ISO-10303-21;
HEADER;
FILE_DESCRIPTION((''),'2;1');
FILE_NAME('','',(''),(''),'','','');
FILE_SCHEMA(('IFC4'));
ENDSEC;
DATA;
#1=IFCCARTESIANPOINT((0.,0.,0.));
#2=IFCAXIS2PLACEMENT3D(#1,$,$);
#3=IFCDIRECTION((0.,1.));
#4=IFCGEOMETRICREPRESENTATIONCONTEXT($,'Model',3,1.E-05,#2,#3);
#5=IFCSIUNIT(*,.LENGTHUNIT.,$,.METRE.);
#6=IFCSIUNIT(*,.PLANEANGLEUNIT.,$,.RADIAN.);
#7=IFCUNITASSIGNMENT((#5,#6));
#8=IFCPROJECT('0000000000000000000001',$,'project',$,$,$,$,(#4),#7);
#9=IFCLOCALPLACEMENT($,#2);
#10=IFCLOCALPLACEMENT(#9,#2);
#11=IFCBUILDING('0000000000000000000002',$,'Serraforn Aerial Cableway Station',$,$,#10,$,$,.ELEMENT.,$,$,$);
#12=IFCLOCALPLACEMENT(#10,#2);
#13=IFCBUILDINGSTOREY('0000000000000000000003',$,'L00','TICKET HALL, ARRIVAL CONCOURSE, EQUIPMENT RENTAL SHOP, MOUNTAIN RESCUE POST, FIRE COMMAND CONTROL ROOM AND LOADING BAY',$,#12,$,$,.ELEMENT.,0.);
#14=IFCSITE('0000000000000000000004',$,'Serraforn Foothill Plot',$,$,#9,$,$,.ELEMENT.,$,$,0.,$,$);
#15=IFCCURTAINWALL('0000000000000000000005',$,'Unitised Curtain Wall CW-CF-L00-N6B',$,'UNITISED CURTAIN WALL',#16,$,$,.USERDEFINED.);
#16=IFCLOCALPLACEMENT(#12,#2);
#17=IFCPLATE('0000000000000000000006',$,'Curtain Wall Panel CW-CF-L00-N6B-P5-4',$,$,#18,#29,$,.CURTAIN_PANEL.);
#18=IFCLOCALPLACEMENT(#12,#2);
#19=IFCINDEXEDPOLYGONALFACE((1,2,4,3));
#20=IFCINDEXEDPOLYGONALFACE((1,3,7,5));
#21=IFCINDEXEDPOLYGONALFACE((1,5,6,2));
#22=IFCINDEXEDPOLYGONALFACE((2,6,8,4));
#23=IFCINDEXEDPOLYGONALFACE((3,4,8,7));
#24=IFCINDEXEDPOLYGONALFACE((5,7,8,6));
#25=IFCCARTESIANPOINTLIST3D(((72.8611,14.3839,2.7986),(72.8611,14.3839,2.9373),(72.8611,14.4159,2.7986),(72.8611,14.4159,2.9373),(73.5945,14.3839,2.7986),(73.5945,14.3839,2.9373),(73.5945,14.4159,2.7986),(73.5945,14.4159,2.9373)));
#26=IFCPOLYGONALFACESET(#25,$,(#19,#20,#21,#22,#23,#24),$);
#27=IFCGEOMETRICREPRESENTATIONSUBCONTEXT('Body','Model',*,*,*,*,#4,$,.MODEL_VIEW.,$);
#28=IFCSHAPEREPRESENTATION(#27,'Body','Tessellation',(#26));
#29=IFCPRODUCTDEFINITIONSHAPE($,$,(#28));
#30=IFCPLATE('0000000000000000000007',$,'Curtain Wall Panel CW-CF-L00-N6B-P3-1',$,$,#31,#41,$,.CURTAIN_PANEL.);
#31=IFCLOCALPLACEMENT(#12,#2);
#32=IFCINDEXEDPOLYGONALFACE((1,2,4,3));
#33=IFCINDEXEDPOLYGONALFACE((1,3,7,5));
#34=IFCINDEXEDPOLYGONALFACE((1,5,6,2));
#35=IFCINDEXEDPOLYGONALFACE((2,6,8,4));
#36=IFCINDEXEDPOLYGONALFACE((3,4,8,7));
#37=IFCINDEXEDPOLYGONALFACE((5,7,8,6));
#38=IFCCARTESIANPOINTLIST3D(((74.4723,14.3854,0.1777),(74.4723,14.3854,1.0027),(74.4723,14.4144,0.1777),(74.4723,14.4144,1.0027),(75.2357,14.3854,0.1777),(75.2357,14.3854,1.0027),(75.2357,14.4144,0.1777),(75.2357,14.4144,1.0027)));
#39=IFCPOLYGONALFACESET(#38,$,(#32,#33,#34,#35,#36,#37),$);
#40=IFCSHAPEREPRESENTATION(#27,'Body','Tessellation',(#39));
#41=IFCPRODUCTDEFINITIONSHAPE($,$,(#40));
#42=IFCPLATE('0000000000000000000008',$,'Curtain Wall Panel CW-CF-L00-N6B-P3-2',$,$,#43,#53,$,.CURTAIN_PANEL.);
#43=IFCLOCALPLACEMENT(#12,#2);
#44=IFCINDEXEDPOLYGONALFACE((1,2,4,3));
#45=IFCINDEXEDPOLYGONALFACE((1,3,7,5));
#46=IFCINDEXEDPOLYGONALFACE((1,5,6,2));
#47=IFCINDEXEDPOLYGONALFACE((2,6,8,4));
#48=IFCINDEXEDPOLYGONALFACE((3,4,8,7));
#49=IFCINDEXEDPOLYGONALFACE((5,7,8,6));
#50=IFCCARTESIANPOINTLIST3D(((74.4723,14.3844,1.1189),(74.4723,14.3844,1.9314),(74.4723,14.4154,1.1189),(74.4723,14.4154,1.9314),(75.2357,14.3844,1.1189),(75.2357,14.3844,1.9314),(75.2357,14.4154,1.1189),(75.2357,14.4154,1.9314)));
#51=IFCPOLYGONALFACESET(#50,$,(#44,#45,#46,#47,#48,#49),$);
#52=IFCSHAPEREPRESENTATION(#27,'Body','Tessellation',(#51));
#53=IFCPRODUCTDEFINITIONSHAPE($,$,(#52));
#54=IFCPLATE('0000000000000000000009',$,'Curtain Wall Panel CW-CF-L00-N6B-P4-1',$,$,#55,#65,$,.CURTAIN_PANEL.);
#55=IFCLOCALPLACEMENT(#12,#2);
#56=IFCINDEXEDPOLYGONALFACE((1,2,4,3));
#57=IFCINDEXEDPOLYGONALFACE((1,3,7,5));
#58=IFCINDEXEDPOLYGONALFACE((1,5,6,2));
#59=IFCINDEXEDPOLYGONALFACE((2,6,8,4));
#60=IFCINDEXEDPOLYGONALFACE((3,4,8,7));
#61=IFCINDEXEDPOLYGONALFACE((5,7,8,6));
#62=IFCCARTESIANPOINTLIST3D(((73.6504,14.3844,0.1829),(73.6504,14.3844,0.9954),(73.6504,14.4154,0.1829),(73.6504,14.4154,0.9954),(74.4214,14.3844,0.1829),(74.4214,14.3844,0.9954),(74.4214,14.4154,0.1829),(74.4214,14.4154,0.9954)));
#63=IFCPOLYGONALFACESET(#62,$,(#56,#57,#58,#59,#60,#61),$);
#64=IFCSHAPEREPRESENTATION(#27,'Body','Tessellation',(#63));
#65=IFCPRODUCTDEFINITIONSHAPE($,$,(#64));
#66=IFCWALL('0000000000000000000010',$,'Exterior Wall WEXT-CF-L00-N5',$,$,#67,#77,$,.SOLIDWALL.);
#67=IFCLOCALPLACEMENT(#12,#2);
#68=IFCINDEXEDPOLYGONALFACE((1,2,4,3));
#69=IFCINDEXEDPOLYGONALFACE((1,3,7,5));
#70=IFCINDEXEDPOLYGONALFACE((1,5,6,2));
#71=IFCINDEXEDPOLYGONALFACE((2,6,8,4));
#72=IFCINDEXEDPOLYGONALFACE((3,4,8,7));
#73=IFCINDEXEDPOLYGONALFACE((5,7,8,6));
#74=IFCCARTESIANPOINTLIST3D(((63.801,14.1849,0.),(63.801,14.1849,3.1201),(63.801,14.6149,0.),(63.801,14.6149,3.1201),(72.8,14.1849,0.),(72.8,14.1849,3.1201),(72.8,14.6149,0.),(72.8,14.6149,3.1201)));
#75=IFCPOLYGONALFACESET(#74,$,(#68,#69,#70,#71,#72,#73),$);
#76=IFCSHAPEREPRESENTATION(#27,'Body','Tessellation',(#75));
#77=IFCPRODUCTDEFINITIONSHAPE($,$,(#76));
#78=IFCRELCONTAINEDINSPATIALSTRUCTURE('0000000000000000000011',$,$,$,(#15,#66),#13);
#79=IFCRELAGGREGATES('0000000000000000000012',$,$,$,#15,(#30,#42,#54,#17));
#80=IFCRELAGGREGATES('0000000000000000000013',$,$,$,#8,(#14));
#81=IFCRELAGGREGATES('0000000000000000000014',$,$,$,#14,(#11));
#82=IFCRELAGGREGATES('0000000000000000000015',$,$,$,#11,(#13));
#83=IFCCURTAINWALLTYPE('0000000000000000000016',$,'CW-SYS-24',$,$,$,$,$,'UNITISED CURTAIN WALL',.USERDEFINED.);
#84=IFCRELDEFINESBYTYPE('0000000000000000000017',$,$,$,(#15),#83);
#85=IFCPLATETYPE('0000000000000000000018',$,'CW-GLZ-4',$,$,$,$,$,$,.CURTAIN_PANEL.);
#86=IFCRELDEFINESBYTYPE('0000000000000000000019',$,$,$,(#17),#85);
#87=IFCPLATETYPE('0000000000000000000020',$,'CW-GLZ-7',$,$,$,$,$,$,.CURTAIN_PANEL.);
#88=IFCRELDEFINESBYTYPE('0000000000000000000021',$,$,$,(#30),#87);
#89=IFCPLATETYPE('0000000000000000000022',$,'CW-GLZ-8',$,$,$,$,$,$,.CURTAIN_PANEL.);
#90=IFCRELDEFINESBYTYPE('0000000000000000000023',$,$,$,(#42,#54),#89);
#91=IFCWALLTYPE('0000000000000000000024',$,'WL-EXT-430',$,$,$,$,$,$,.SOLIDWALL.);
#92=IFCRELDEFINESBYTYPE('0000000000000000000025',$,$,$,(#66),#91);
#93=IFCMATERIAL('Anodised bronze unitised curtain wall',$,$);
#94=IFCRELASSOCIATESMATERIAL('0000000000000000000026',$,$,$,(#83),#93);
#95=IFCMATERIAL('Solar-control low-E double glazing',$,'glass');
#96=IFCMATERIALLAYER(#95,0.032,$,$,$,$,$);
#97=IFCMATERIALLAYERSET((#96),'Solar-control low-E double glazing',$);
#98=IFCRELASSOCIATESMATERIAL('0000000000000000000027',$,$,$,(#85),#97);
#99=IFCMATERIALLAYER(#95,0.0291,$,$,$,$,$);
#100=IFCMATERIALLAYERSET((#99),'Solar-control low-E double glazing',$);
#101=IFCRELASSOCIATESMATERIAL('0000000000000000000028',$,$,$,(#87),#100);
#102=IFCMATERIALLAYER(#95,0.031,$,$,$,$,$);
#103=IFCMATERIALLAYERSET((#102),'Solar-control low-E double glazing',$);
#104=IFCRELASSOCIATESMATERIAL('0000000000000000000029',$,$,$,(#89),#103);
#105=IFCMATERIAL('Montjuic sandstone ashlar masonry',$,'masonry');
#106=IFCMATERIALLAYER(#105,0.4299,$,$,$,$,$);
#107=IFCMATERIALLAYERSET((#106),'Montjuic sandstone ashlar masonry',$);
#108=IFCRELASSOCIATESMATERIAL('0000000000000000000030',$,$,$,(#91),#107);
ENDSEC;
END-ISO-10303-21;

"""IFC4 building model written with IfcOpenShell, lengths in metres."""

from ifc_helpers import new_model, si_unit, direction, frame, frame_2d, origin, origin_2d, place, context, subcontext, project, spatial, rectangle, extrude, material, layer, layer_set, type_object, element, aggregate, save


model = new_model("IFC4")

# Units and contexts
model_context = context("Model", 3, precision=1e-05, world=origin(), true_north=direction((0.0, 1.0)))
body_context = subcontext(model_context, "Body", "Model", "MODEL_VIEW")
ifc_project = project(units=[si_unit("LENGTHUNIT", "METRE"), si_unit("PLANEANGLEUNIT", "RADIAN")], contexts=[model_context])

# Site, building, storey
site_placement = place(None, origin())
site = spatial("IfcSite", under=ifc_project, at=site_placement, Name="Serraforn Foothill Plot", CompositionType="ELEMENT", RefElevation=0.0)
building_placement = place(site_placement, origin())
building = spatial("IfcBuilding", under=site, at=building_placement, Name="Serraforn Aerial Cableway Station", CompositionType="ELEMENT")
storey_placement = place(building_placement, origin())
storey = spatial("IfcBuildingStorey", under=building, at=storey_placement, Name="L00", Description="TICKET HALL, ARRIVAL CONCOURSE, EQUIPMENT RENTAL SHOP, MOUNTAIN RESCUE POST, FIRE COMMAND CONTROL ROOM AND LOADING BAY", CompositionType="ELEMENT", Elevation=0.0)

# Curtain wall, plates
ifc_material_1 = material(Name="Anodised bronze unitised curtain wall")
curtain_wall_type = type_object("IfcCurtainWallType", Name="CW-SYS-24", ElementType="UNITISED CURTAIN WALL", PredefinedType="USERDEFINED", material=ifc_material_1)
curtain_wall_placement = place(storey_placement, origin())
curtain_wall = element("IfcCurtainWall", 1, at=curtain_wall_placement, inside=storey, type_object=curtain_wall_type, Name="Unitised Curtain Wall CW-CF-L00-N6B", ObjectType="UNITISED CURTAIN WALL", PredefinedType="USERDEFINED")
ifc_material_2 = material(Name="Solar-control low-E double glazing", Category="glass")
ifc_layer_1 = layer(ifc_material_2, 0.032)
ifc_layer_set_1 = layer_set([ifc_layer_1], Name="Solar-control low-E double glazing")
plate_type_1 = type_object("IfcPlateType", Name="CW-GLZ-4", PredefinedType="CURTAIN_PANEL", material=ifc_layer_set_1)
plate_1_placement = place(storey_placement, frame((73.2278, 14.3999, 2.7986), z_axis=(0.0, 0.0, 1.0), x_axis=(1.0, 0.0, 0.0)))
plate_1 = element("IfcPlate", 2, at=plate_1_placement, type_object=plate_type_1, Name="Curtain Wall Panel CW-CF-L00-N6B-P5-4", PredefinedType="CURTAIN_PANEL", context=body_context, shape_type="SweptSolid", body=[
    extrude(rectangle(XDim=0.7334, YDim=0.032, at=origin_2d()), origin(), (0.0, 0.0, 1.0), 0.1387),
])
ifc_layer_2 = layer(ifc_material_2, 0.0291)
ifc_layer_set_2 = layer_set([ifc_layer_2], Name="Solar-control low-E double glazing")
plate_type_2 = type_object("IfcPlateType", Name="CW-GLZ-7", PredefinedType="CURTAIN_PANEL", material=ifc_layer_set_2)
plate_2_placement = place(storey_placement, frame((74.854, 14.3999, 0.1777), z_axis=(0.0, 0.0, 1.0), x_axis=(1.0, 0.0, 0.0)))
plate_2 = element("IfcPlate", 3, at=plate_2_placement, type_object=plate_type_2, Name="Curtain Wall Panel CW-CF-L00-N6B-P3-1", PredefinedType="CURTAIN_PANEL", context=body_context, shape_type="SweptSolid", body=[
    extrude(rectangle(XDim=0.7634, YDim=0.0291, at=origin_2d()), origin(), (0.0, 0.0, 1.0), 0.825),
])
ifc_layer_3 = layer(ifc_material_2, 0.031)
ifc_layer_set_3 = layer_set([ifc_layer_3], Name="Solar-control low-E double glazing")
plate_type_3 = type_object("IfcPlateType", Name="CW-GLZ-8", PredefinedType="CURTAIN_PANEL", material=ifc_layer_set_3)
plate_3_placement = place(storey_placement, frame((74.854, 14.3999, 1.1189), z_axis=(0.0, 0.0, 1.0), x_axis=(1.0, 0.0, 0.0)))
plate_3 = element("IfcPlate", 4, at=plate_3_placement, type_object=plate_type_3, Name="Curtain Wall Panel CW-CF-L00-N6B-P3-2", PredefinedType="CURTAIN_PANEL", context=body_context, shape_type="SweptSolid", body=[
    extrude(rectangle(XDim=0.7634, YDim=0.031, at=origin_2d()), origin(), (0.0, 0.0, 1.0), 0.8125),
])
plate_4_placement = place(storey_placement, frame((74.0359, 14.3999, 0.1829), z_axis=(0.0, 0.0, 1.0), x_axis=(1.0, 0.0, 0.0)))
plate_4 = element("IfcPlate", 5, at=plate_4_placement, type_object=plate_type_3, Name="Curtain Wall Panel CW-CF-L00-N6B-P4-1", PredefinedType="CURTAIN_PANEL", context=body_context, shape_type="SweptSolid", body=[
    extrude(rectangle(XDim=0.771, YDim=0.031, at=origin_2d()), origin(), (0.0, 0.0, 1.0), 0.8125),
])
aggregate(curtain_wall, [plate_2, plate_3, plate_4, plate_1])

# Wall
ifc_material_3 = material(Name="Montjuic sandstone ashlar masonry", Category="masonry")
ifc_layer_4 = layer(ifc_material_3, 0.4299)
ifc_layer_set_4 = layer_set([ifc_layer_4], Name="Montjuic sandstone ashlar masonry")
wall_type = type_object("IfcWallType", Name="WL-EXT-430", PredefinedType="SOLIDWALL", material=ifc_layer_set_4)
wall_placement = place(storey_placement, frame((72.8, 14.3999, 0.0), z_axis=(0.0, 0.0, 1.0), x_axis=(-1.0, 0.0, 0.0)))
element("IfcWall", 6, at=wall_placement, inside=storey, type_object=wall_type, Name="Exterior Wall WEXT-CF-L00-N5", PredefinedType="SOLIDWALL", context=body_context, shape_type="SweptSolid", body=[
    extrude(rectangle(XDim=8.999, YDim=0.4299, at=frame_2d((4.4995, 0.0))), origin(), (0.0, 0.0, 1.0), 3.1201),
])

save(model, "model.ifc")
